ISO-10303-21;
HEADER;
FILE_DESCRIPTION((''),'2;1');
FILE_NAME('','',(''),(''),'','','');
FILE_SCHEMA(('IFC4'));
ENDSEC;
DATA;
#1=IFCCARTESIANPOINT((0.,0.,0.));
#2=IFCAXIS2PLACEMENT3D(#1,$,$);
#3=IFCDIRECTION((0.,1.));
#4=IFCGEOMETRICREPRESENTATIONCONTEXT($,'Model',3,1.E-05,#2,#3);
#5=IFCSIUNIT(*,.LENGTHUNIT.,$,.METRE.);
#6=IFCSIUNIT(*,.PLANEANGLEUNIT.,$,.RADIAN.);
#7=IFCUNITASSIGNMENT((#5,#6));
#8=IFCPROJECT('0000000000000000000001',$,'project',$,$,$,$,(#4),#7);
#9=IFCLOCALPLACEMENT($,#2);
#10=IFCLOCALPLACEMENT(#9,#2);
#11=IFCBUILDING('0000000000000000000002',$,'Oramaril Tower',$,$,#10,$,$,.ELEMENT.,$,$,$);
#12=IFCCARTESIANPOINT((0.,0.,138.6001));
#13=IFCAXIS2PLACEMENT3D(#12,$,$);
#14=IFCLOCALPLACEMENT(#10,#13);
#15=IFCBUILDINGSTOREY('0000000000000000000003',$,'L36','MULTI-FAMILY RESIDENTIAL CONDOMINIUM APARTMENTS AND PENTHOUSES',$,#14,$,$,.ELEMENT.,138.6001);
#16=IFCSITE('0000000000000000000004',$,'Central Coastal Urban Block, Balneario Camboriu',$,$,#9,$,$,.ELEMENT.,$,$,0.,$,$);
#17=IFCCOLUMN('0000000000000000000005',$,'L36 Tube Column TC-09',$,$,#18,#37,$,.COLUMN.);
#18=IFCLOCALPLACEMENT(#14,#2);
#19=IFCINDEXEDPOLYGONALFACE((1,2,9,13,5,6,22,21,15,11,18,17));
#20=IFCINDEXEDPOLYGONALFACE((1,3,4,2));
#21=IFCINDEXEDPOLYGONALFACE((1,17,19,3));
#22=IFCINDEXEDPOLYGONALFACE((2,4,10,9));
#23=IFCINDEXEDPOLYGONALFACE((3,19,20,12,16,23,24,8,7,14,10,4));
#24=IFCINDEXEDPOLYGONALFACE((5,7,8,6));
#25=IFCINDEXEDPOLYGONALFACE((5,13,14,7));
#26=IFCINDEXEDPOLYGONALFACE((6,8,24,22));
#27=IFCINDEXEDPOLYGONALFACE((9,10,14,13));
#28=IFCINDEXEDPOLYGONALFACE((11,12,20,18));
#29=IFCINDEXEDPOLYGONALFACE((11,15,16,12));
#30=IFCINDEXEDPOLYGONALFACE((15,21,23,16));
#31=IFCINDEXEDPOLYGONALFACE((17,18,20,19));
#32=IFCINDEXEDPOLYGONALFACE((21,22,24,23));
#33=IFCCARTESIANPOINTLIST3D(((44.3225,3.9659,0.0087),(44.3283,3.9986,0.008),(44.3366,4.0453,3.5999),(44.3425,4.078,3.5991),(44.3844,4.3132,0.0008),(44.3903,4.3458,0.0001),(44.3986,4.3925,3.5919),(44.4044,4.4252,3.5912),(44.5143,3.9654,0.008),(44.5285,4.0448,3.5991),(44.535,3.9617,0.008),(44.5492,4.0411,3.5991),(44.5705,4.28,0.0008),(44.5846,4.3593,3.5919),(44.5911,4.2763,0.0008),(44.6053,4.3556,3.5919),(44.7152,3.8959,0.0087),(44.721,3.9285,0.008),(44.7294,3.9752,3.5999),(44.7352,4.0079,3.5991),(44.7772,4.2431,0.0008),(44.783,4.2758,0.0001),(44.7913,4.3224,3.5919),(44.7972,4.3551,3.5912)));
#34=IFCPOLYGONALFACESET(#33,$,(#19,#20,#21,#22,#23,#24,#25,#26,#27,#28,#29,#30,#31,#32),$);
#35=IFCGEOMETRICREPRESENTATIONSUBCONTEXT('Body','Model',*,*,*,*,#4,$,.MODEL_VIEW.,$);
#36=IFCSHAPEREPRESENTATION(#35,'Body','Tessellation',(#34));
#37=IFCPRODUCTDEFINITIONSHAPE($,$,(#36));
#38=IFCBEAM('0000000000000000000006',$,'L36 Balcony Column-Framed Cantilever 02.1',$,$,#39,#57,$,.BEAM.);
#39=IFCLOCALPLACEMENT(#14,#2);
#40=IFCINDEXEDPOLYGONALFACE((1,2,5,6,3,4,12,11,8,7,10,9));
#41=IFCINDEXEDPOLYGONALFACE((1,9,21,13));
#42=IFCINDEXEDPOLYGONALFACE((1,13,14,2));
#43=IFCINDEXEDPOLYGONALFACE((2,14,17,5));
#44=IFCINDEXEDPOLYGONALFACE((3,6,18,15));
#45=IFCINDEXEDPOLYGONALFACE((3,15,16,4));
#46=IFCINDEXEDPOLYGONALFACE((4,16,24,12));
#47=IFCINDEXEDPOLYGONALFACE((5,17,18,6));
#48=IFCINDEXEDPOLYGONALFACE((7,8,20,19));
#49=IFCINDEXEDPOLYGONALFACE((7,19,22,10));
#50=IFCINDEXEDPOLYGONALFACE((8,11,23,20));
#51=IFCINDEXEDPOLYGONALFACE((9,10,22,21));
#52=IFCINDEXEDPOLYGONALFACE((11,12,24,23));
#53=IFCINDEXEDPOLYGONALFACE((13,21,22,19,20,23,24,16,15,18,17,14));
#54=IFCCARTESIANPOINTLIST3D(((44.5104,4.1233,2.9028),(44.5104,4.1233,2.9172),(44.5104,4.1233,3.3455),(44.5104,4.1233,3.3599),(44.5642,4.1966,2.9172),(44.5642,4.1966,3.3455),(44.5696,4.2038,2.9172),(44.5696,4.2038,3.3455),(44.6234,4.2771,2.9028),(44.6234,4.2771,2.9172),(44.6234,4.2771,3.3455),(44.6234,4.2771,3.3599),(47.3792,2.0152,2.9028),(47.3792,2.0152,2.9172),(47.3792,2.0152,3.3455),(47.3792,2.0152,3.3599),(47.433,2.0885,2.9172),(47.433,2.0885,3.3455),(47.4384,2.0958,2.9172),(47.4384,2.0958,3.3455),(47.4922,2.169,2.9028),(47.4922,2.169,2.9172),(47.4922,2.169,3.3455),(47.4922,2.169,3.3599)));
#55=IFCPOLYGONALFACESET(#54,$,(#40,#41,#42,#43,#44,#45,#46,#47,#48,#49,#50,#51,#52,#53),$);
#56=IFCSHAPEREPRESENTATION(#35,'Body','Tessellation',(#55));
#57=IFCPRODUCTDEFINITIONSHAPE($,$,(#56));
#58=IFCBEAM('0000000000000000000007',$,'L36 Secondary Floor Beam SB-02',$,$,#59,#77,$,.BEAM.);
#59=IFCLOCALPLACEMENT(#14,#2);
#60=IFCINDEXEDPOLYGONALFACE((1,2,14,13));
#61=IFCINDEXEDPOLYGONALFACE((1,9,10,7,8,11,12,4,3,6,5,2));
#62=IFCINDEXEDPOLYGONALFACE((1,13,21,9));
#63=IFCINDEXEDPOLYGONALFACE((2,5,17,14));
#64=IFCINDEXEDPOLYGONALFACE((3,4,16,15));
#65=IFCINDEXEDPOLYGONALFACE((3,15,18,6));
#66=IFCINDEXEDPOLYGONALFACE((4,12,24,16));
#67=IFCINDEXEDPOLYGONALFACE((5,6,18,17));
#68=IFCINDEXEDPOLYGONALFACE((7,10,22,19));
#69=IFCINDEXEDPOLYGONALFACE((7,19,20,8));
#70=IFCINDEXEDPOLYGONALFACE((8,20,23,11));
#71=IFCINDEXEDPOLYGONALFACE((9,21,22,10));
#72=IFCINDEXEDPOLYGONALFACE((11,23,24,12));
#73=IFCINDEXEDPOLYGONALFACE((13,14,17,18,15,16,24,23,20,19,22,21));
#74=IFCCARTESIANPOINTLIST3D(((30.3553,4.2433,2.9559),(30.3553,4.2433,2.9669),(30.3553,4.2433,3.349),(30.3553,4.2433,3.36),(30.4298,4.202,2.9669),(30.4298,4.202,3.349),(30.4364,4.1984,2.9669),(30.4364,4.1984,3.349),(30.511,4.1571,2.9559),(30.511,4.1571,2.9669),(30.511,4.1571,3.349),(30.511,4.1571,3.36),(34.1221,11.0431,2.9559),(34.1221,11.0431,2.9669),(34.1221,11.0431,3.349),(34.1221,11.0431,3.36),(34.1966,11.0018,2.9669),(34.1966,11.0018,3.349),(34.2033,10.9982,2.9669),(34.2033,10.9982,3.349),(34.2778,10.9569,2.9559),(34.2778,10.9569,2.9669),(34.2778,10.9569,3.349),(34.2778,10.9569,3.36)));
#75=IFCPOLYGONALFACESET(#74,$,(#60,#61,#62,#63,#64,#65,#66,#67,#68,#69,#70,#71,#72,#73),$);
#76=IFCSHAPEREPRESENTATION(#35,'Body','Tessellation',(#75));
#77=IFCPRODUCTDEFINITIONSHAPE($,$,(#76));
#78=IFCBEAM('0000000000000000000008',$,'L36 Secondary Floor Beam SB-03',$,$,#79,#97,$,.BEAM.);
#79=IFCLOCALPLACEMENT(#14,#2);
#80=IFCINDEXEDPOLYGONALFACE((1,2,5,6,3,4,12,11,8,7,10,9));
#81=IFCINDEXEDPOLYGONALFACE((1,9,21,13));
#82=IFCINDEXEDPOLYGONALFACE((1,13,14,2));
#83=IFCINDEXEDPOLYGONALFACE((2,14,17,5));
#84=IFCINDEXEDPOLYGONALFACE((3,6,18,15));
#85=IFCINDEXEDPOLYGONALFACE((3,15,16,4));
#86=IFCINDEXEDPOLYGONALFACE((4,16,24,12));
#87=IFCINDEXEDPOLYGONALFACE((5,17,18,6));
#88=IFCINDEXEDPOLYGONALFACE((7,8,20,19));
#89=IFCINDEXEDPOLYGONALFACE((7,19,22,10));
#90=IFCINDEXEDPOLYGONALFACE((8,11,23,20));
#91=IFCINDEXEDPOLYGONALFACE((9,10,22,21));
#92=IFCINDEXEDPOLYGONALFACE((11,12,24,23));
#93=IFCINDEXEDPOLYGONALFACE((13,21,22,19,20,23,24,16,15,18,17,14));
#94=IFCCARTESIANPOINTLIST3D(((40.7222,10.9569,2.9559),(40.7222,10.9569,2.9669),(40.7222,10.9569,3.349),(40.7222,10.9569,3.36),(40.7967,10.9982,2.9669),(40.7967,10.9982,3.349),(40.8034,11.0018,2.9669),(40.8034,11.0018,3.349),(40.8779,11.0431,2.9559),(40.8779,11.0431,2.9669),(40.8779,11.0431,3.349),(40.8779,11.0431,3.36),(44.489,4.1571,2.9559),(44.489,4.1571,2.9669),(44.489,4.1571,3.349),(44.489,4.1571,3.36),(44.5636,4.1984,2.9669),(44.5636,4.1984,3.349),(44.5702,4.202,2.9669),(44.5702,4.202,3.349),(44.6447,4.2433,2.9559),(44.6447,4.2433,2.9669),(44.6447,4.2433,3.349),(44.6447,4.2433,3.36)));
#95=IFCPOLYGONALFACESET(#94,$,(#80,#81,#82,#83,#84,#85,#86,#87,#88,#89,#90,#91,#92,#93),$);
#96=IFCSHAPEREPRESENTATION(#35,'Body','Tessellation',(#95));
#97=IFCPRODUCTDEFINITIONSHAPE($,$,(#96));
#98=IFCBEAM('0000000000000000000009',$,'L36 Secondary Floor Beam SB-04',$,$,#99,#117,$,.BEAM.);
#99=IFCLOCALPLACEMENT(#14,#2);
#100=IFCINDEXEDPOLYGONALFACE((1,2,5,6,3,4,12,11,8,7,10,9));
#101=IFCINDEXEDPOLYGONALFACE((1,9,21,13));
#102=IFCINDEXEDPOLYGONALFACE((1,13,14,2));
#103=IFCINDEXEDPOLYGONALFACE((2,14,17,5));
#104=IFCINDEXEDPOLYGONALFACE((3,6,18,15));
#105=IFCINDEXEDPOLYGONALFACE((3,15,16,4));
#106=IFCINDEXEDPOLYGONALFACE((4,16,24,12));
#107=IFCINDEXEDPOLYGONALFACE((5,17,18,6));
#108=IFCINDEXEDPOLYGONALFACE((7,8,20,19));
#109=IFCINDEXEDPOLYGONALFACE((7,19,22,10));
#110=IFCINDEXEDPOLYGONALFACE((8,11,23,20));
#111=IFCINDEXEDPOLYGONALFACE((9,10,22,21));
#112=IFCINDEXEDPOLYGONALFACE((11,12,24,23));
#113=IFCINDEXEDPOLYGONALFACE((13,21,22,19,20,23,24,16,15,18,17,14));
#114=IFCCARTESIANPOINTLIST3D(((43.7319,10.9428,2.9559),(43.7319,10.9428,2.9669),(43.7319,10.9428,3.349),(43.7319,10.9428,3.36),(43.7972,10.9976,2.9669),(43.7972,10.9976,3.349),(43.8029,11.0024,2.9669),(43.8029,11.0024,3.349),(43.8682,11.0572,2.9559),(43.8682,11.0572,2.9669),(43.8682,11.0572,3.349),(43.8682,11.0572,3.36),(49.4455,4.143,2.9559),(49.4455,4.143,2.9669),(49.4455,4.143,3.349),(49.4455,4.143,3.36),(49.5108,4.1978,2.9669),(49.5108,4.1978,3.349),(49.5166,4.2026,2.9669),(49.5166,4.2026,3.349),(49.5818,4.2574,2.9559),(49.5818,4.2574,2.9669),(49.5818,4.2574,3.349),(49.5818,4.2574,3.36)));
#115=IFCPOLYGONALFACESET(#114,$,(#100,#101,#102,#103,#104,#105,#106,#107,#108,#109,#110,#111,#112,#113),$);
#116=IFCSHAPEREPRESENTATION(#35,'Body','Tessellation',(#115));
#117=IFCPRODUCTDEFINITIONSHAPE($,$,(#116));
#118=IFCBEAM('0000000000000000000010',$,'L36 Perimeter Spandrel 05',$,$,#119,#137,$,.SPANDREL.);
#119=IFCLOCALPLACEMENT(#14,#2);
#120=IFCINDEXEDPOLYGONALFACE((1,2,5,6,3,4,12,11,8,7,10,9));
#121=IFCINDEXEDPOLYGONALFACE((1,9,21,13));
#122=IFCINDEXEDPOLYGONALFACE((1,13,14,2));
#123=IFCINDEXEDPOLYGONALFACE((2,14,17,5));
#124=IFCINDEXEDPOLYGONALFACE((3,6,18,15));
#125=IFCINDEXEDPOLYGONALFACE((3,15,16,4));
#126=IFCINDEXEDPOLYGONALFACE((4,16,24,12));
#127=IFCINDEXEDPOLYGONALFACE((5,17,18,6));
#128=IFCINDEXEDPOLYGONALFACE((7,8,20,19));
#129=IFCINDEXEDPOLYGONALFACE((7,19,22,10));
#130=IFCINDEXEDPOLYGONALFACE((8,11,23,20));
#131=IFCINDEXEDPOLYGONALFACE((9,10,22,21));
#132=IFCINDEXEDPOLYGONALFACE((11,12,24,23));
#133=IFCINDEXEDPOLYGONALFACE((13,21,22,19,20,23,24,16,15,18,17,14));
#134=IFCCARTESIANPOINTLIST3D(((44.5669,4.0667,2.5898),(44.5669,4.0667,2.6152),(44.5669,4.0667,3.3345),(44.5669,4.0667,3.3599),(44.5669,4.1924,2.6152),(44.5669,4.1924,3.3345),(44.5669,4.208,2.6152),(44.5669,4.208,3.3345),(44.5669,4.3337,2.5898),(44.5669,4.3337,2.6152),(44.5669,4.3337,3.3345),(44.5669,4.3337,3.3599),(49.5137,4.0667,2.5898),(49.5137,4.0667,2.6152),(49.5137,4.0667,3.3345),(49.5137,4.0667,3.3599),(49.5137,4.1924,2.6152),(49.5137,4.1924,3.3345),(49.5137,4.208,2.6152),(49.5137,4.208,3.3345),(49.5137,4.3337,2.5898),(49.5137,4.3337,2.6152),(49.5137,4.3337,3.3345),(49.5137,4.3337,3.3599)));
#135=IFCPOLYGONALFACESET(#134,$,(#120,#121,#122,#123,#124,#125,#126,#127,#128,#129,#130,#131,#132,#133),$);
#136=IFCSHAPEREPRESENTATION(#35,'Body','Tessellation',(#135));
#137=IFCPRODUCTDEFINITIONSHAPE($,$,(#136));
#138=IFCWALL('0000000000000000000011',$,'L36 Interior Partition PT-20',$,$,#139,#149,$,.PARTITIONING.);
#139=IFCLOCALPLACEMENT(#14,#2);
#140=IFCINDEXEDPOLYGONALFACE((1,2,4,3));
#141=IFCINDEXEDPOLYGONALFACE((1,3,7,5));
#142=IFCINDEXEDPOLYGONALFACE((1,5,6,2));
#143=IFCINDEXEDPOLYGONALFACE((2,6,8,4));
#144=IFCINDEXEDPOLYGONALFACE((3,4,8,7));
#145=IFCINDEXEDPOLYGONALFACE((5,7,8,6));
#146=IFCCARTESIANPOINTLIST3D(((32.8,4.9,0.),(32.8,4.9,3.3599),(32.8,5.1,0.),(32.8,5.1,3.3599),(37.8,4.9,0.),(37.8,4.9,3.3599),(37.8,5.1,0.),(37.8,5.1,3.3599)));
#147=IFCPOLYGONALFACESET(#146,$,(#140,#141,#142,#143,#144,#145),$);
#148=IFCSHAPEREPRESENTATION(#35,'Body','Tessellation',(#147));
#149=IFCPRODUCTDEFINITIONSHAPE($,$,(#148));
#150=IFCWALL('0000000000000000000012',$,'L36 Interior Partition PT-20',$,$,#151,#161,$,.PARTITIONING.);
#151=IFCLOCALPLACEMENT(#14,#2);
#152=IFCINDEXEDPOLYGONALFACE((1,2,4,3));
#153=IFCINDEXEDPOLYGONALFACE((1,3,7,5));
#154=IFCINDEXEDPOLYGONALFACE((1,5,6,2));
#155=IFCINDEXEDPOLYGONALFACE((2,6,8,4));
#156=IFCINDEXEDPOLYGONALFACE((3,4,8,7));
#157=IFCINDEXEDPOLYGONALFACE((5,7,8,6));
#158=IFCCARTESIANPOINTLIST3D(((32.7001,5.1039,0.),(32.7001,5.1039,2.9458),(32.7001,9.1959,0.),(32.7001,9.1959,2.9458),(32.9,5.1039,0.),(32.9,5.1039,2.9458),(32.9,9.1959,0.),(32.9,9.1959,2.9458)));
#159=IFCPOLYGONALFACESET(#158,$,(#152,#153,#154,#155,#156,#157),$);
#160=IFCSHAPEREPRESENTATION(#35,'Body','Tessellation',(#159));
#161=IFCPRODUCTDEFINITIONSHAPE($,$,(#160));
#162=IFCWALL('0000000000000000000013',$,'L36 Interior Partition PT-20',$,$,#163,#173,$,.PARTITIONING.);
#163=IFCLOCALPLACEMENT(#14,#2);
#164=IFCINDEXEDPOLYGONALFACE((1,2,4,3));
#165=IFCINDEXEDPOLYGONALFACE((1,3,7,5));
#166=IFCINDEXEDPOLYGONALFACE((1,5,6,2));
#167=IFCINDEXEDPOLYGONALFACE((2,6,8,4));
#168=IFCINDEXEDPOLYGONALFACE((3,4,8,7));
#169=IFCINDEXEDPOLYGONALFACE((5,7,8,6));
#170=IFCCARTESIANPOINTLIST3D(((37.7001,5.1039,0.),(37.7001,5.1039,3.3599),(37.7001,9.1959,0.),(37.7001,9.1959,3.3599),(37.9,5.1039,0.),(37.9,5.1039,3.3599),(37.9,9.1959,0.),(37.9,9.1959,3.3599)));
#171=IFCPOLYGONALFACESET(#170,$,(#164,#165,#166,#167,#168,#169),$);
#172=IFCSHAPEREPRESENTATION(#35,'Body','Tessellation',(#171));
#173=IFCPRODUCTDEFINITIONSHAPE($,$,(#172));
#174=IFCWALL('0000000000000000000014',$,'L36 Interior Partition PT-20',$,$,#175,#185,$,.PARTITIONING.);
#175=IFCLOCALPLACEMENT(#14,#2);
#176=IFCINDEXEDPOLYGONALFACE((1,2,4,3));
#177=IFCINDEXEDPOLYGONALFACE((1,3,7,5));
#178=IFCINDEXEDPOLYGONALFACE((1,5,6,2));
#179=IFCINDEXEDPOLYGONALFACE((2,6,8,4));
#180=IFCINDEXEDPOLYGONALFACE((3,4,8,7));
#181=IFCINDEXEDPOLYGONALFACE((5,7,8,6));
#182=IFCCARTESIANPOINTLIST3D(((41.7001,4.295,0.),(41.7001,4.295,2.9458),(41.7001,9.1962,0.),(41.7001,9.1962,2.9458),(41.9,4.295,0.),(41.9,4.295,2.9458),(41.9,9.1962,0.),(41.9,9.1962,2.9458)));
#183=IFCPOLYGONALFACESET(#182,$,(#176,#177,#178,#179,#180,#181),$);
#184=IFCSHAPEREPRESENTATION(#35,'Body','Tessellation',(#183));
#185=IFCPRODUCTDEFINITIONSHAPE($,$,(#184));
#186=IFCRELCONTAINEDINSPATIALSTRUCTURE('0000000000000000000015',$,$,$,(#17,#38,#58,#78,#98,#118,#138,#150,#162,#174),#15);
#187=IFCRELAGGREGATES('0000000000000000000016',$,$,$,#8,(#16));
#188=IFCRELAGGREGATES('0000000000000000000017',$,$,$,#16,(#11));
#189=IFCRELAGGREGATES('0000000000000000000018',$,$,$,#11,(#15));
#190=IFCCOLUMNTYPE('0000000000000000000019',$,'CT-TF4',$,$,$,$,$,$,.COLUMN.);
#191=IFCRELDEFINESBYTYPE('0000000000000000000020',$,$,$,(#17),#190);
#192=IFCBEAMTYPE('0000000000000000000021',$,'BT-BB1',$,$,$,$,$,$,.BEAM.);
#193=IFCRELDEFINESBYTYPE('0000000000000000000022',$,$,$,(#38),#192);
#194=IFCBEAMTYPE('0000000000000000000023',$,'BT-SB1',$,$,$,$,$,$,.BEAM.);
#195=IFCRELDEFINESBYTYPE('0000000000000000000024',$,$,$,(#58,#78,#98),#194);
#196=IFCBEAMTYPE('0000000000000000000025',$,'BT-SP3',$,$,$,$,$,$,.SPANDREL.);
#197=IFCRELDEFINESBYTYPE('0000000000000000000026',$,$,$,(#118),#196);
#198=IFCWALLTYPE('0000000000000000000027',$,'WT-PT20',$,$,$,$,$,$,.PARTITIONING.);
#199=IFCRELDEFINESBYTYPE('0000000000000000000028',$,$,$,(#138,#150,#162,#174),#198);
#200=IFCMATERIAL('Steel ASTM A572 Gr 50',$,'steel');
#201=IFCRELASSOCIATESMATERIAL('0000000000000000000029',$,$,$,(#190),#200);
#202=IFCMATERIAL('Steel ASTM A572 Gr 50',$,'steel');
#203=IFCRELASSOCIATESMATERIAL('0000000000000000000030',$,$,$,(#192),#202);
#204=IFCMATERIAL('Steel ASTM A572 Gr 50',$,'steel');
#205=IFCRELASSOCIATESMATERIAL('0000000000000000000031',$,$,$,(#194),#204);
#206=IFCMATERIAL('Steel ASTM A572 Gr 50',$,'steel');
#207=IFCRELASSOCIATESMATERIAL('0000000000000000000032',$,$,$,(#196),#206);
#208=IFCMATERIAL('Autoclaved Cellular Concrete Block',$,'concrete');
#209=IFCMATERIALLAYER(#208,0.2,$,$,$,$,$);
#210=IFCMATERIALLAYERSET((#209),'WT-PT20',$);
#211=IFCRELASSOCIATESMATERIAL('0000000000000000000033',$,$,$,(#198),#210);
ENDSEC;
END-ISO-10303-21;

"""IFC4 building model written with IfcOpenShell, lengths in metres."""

from ifc_helpers import new_model, si_unit, direction, frame, frame_2d, origin, origin_2d, place, context, subcontext, project, spatial, rectangle, i_section, extrude, material, layer, layer_set, material_profile, profile_set, type_object, element, save


model = new_model("IFC4")

# Units and contexts
model_context = context("Model", 3, precision=1e-05, world=origin(), true_north=direction((0.0, 1.0)))
body_context = subcontext(model_context, "Body", "Model", "MODEL_VIEW")
ifc_project = project(units=[si_unit("LENGTHUNIT", "METRE"), si_unit("PLANEANGLEUNIT", "RADIAN")], contexts=[model_context])

# Site, building, storey
site_placement = place(None, origin())
site = spatial("IfcSite", under=ifc_project, at=site_placement, Name="Central Coastal Urban Block, Balneario Camboriu", CompositionType="ELEMENT", RefElevation=0.0)
building_placement = place(site_placement, origin())
building = spatial("IfcBuilding", under=site, at=building_placement, Name="Oramaril Tower", CompositionType="ELEMENT")
storey_placement = place(building_placement, frame((0.0, 0.0, 138.6001)))
storey = spatial("IfcBuildingStorey", under=building, at=storey_placement, Name="L36", Description="MULTI-FAMILY RESIDENTIAL CONDOMINIUM APARTMENTS AND PENTHOUSES", CompositionType="ELEMENT", Elevation=138.6001)

# Column
ifc_material_1 = material(Name="Steel ASTM A572 Gr 50", Category="steel")
ifc_material_profile_1 = material_profile(ifc_material_1, i_section(OverallWidth=0.3989, OverallDepth=0.386, WebThickness=0.021, FlangeThickness=0.0332, at=origin_2d()), Name="W14X176")
ifc_profile_set_1 = profile_set([ifc_material_profile_1], Name="Steel ASTM A572 Gr 50")
column_type = type_object("IfcColumnType", Name="CT-TF4", PredefinedType="COLUMN", material=ifc_profile_set_1)
column_placement = place(storey_placement, frame((44.5527, 4.1208, 0.0044), z_axis=(0.003942, 0.02209, 0.999748), x_axis=(-0.984446, 0.175686, 0.0)))
element("IfcColumn", 1, at=column_placement, inside=storey, type_object=column_type, Name="L36 Tube Column TC-09", PredefinedType="COLUMN", context=body_context, shape_type="SweptSolid", body=[
    extrude(i_section(OverallWidth=0.3989, OverallDepth=0.386, WebThickness=0.021, FlangeThickness=0.0332, at=origin_2d()), origin(), (0.0, 0.0, 1.0), 3.592),
])

# Beams
ifc_material_2 = material(Name="Steel ASTM A572 Gr 50", Category="steel")
ifc_material_profile_2 = material_profile(ifc_material_2, i_section(OverallWidth=0.1909, OverallDepth=0.457, WebThickness=0.009, FlangeThickness=0.0144, at=origin_2d()), Name="W18X50")
ifc_profile_set_2 = profile_set([ifc_material_profile_2], Name="Steel ASTM A572 Gr 50")
beam_type_1 = type_object("IfcBeamType", Name="BT-BB1", PredefinedType="BEAM", material=ifc_profile_set_2)
beam_1_placement = place(storey_placement, frame((44.5669, 4.2002, 3.1313), z_axis=(0.805829, -0.592148, 0.0), x_axis=(0.592148, 0.805829, 0.0)))
element("IfcBeam", 2, at=beam_1_placement, inside=storey, type_object=beam_type_1, Name="L36 Balcony Column-Framed Cantilever 02.1", PredefinedType="BEAM", context=body_context, shape_type="SweptSolid", body=[
    extrude(i_section(OverallWidth=0.1909, OverallDepth=0.457, WebThickness=0.009, FlangeThickness=0.0144, at=origin_2d()), origin(), (0.0, 0.0, 1.0), 3.5601),
])
ifc_material_3 = material(Name="Steel ASTM A572 Gr 50", Category="steel")
ifc_material_profile_3 = material_profile(ifc_material_3, i_section(OverallWidth=0.178, OverallDepth=0.4041, WebThickness=0.0076, FlangeThickness=0.011, at=origin_2d()), Name="W16X36")
ifc_profile_set_3 = profile_set([ifc_material_profile_3], Name="Steel ASTM A572 Gr 50")
beam_type_2 = type_object("IfcBeamType", Name="BT-SB1", PredefinedType="BEAM", material=ifc_profile_set_3)
for number, where, z_axis, x_axis, name in (
    (3, (34.2, 11.0, 3.158), (-0.484579, -0.874748, 0.0), (0.874748, -0.484579, 0.0), "L36 Secondary Floor Beam SB-02"),
    (4, (40.8, 11.0, 3.158), (0.484579, -0.874748, 0.0), (0.874748, 0.484579, 0.0), "L36 Secondary Floor Beam SB-03"),
):
    element("IfcBeam", number, at=place(storey_placement, frame(where, z_axis=z_axis, x_axis=x_axis)), inside=storey, type_object=beam_type_2, Name=name, PredefinedType="BEAM", context=body_context, shape_type="SweptSolid", body=[
        extrude(i_section(OverallWidth=0.178, OverallDepth=0.4041, WebThickness=0.0076, FlangeThickness=0.011, at=origin_2d()), origin(), (0.0, 0.0, 1.0), 7.7734),
    ])
beam_2_placement = place(storey_placement, frame((43.8, 11.0, 3.158), z_axis=(0.64331, -0.765606, 0.0), x_axis=(0.765606, 0.64331, 0.0)))
element("IfcBeam", 5, at=beam_2_placement, inside=storey, type_object=beam_type_2, Name="L36 Secondary Floor Beam SB-04", PredefinedType="BEAM", context=body_context, shape_type="SweptSolid", body=[
    extrude(i_section(OverallWidth=0.178, OverallDepth=0.4041, WebThickness=0.0076, FlangeThickness=0.011, at=origin_2d()), origin(), (0.0, 0.0, 1.0), 8.8816),
])
ifc_material_4 = material(Name="Steel ASTM A572 Gr 50", Category="steel")
ifc_material_profile_4 = material_profile(ifc_material_4, i_section(OverallWidth=0.2671, OverallDepth=0.77, WebThickness=0.0156, FlangeThickness=0.0254, at=origin_2d()), Name="W30X132")
ifc_profile_set_4 = profile_set([ifc_material_profile_4], Name="Steel ASTM A572 Gr 50")
beam_type_3 = type_object("IfcBeamType", Name="BT-SP3", PredefinedType="SPANDREL", material=ifc_profile_set_4)
beam_3_placement = place(storey_placement, frame((44.5669, 4.2002, 2.9749), z_axis=(1.0, 0.0, 0.0), x_axis=(0.0, 1.0, 0.0)))
element("IfcBeam", 6, at=beam_3_placement, inside=storey, type_object=beam_type_3, Name="L36 Perimeter Spandrel 05", PredefinedType="SPANDREL", context=body_context, shape_type="SweptSolid", body=[
    extrude(i_section(OverallWidth=0.2671, OverallDepth=0.77, WebThickness=0.0156, FlangeThickness=0.0254, at=origin_2d()), origin(), (0.0, 0.0, 1.0), 4.9468),
])

# Walls
ifc_material_5 = material(Name="Autoclaved Cellular Concrete Block", Category="concrete")
ifc_layer_1 = layer(ifc_material_5, 0.2)
ifc_layer_set_1 = layer_set([ifc_layer_1], Name="WT-PT20")
wall_type = type_object("IfcWallType", Name="WT-PT20", PredefinedType="PARTITIONING", material=ifc_layer_set_1)
wall_1_placement = place(storey_placement, frame((32.8, 5.0, 0.0), z_axis=(0.0, 0.0, 1.0), x_axis=(1.0, 0.0, 0.0)))
element("IfcWall", 7, at=wall_1_placement, inside=storey, type_object=wall_type, Name="L36 Interior Partition PT-20", PredefinedType="PARTITIONING", context=body_context, shape_type="SweptSolid", body=[
    extrude(rectangle(XDim=5.0, YDim=0.2, at=frame_2d((2.5, 0.0))), origin(), (0.0, 0.0, 1.0), 3.3599),
])
wall_2_placement = place(storey_placement, frame((32.8, 5.104, 0.0), z_axis=(0.0, 0.0, 1.0), x_axis=(0.0, 1.0, 0.0)))
element("IfcWall", 8, at=wall_2_placement, inside=storey, type_object=wall_type, Name="L36 Interior Partition PT-20", PredefinedType="PARTITIONING", context=body_context, shape_type="SweptSolid", body=[
    extrude(rectangle(XDim=4.092, YDim=0.2, at=frame_2d((2.0459, 0.0))), origin(), (0.0, 0.0, 1.0), 2.9458),
])
wall_3_placement = place(storey_placement, frame((37.8, 5.104, 0.0), z_axis=(0.0, 0.0, 1.0), x_axis=(0.0, 1.0, 0.0)))
element("IfcWall", 9, at=wall_3_placement, inside=storey, type_object=wall_type, Name="L36 Interior Partition PT-20", PredefinedType="PARTITIONING", context=body_context, shape_type="SweptSolid", body=[
    extrude(rectangle(XDim=4.092, YDim=0.2, at=frame_2d((2.0459, 0.0))), origin(), (0.0, 0.0, 1.0), 3.3599),
])
wall_4_placement = place(storey_placement, frame((41.8, 4.2949, 0.0), z_axis=(0.0, 0.0, 1.0), x_axis=(0.0, 1.0, 0.0)))
element("IfcWall", 10, at=wall_4_placement, inside=storey, type_object=wall_type, Name="L36 Interior Partition PT-20", PredefinedType="PARTITIONING", context=body_context, shape_type="SweptSolid", body=[
    extrude(rectangle(XDim=4.9011, YDim=0.2, at=frame_2d((2.4507, 0.0))), origin(), (0.0, 0.0, 1.0), 2.9458),
])

save(model, "model.ifc")
